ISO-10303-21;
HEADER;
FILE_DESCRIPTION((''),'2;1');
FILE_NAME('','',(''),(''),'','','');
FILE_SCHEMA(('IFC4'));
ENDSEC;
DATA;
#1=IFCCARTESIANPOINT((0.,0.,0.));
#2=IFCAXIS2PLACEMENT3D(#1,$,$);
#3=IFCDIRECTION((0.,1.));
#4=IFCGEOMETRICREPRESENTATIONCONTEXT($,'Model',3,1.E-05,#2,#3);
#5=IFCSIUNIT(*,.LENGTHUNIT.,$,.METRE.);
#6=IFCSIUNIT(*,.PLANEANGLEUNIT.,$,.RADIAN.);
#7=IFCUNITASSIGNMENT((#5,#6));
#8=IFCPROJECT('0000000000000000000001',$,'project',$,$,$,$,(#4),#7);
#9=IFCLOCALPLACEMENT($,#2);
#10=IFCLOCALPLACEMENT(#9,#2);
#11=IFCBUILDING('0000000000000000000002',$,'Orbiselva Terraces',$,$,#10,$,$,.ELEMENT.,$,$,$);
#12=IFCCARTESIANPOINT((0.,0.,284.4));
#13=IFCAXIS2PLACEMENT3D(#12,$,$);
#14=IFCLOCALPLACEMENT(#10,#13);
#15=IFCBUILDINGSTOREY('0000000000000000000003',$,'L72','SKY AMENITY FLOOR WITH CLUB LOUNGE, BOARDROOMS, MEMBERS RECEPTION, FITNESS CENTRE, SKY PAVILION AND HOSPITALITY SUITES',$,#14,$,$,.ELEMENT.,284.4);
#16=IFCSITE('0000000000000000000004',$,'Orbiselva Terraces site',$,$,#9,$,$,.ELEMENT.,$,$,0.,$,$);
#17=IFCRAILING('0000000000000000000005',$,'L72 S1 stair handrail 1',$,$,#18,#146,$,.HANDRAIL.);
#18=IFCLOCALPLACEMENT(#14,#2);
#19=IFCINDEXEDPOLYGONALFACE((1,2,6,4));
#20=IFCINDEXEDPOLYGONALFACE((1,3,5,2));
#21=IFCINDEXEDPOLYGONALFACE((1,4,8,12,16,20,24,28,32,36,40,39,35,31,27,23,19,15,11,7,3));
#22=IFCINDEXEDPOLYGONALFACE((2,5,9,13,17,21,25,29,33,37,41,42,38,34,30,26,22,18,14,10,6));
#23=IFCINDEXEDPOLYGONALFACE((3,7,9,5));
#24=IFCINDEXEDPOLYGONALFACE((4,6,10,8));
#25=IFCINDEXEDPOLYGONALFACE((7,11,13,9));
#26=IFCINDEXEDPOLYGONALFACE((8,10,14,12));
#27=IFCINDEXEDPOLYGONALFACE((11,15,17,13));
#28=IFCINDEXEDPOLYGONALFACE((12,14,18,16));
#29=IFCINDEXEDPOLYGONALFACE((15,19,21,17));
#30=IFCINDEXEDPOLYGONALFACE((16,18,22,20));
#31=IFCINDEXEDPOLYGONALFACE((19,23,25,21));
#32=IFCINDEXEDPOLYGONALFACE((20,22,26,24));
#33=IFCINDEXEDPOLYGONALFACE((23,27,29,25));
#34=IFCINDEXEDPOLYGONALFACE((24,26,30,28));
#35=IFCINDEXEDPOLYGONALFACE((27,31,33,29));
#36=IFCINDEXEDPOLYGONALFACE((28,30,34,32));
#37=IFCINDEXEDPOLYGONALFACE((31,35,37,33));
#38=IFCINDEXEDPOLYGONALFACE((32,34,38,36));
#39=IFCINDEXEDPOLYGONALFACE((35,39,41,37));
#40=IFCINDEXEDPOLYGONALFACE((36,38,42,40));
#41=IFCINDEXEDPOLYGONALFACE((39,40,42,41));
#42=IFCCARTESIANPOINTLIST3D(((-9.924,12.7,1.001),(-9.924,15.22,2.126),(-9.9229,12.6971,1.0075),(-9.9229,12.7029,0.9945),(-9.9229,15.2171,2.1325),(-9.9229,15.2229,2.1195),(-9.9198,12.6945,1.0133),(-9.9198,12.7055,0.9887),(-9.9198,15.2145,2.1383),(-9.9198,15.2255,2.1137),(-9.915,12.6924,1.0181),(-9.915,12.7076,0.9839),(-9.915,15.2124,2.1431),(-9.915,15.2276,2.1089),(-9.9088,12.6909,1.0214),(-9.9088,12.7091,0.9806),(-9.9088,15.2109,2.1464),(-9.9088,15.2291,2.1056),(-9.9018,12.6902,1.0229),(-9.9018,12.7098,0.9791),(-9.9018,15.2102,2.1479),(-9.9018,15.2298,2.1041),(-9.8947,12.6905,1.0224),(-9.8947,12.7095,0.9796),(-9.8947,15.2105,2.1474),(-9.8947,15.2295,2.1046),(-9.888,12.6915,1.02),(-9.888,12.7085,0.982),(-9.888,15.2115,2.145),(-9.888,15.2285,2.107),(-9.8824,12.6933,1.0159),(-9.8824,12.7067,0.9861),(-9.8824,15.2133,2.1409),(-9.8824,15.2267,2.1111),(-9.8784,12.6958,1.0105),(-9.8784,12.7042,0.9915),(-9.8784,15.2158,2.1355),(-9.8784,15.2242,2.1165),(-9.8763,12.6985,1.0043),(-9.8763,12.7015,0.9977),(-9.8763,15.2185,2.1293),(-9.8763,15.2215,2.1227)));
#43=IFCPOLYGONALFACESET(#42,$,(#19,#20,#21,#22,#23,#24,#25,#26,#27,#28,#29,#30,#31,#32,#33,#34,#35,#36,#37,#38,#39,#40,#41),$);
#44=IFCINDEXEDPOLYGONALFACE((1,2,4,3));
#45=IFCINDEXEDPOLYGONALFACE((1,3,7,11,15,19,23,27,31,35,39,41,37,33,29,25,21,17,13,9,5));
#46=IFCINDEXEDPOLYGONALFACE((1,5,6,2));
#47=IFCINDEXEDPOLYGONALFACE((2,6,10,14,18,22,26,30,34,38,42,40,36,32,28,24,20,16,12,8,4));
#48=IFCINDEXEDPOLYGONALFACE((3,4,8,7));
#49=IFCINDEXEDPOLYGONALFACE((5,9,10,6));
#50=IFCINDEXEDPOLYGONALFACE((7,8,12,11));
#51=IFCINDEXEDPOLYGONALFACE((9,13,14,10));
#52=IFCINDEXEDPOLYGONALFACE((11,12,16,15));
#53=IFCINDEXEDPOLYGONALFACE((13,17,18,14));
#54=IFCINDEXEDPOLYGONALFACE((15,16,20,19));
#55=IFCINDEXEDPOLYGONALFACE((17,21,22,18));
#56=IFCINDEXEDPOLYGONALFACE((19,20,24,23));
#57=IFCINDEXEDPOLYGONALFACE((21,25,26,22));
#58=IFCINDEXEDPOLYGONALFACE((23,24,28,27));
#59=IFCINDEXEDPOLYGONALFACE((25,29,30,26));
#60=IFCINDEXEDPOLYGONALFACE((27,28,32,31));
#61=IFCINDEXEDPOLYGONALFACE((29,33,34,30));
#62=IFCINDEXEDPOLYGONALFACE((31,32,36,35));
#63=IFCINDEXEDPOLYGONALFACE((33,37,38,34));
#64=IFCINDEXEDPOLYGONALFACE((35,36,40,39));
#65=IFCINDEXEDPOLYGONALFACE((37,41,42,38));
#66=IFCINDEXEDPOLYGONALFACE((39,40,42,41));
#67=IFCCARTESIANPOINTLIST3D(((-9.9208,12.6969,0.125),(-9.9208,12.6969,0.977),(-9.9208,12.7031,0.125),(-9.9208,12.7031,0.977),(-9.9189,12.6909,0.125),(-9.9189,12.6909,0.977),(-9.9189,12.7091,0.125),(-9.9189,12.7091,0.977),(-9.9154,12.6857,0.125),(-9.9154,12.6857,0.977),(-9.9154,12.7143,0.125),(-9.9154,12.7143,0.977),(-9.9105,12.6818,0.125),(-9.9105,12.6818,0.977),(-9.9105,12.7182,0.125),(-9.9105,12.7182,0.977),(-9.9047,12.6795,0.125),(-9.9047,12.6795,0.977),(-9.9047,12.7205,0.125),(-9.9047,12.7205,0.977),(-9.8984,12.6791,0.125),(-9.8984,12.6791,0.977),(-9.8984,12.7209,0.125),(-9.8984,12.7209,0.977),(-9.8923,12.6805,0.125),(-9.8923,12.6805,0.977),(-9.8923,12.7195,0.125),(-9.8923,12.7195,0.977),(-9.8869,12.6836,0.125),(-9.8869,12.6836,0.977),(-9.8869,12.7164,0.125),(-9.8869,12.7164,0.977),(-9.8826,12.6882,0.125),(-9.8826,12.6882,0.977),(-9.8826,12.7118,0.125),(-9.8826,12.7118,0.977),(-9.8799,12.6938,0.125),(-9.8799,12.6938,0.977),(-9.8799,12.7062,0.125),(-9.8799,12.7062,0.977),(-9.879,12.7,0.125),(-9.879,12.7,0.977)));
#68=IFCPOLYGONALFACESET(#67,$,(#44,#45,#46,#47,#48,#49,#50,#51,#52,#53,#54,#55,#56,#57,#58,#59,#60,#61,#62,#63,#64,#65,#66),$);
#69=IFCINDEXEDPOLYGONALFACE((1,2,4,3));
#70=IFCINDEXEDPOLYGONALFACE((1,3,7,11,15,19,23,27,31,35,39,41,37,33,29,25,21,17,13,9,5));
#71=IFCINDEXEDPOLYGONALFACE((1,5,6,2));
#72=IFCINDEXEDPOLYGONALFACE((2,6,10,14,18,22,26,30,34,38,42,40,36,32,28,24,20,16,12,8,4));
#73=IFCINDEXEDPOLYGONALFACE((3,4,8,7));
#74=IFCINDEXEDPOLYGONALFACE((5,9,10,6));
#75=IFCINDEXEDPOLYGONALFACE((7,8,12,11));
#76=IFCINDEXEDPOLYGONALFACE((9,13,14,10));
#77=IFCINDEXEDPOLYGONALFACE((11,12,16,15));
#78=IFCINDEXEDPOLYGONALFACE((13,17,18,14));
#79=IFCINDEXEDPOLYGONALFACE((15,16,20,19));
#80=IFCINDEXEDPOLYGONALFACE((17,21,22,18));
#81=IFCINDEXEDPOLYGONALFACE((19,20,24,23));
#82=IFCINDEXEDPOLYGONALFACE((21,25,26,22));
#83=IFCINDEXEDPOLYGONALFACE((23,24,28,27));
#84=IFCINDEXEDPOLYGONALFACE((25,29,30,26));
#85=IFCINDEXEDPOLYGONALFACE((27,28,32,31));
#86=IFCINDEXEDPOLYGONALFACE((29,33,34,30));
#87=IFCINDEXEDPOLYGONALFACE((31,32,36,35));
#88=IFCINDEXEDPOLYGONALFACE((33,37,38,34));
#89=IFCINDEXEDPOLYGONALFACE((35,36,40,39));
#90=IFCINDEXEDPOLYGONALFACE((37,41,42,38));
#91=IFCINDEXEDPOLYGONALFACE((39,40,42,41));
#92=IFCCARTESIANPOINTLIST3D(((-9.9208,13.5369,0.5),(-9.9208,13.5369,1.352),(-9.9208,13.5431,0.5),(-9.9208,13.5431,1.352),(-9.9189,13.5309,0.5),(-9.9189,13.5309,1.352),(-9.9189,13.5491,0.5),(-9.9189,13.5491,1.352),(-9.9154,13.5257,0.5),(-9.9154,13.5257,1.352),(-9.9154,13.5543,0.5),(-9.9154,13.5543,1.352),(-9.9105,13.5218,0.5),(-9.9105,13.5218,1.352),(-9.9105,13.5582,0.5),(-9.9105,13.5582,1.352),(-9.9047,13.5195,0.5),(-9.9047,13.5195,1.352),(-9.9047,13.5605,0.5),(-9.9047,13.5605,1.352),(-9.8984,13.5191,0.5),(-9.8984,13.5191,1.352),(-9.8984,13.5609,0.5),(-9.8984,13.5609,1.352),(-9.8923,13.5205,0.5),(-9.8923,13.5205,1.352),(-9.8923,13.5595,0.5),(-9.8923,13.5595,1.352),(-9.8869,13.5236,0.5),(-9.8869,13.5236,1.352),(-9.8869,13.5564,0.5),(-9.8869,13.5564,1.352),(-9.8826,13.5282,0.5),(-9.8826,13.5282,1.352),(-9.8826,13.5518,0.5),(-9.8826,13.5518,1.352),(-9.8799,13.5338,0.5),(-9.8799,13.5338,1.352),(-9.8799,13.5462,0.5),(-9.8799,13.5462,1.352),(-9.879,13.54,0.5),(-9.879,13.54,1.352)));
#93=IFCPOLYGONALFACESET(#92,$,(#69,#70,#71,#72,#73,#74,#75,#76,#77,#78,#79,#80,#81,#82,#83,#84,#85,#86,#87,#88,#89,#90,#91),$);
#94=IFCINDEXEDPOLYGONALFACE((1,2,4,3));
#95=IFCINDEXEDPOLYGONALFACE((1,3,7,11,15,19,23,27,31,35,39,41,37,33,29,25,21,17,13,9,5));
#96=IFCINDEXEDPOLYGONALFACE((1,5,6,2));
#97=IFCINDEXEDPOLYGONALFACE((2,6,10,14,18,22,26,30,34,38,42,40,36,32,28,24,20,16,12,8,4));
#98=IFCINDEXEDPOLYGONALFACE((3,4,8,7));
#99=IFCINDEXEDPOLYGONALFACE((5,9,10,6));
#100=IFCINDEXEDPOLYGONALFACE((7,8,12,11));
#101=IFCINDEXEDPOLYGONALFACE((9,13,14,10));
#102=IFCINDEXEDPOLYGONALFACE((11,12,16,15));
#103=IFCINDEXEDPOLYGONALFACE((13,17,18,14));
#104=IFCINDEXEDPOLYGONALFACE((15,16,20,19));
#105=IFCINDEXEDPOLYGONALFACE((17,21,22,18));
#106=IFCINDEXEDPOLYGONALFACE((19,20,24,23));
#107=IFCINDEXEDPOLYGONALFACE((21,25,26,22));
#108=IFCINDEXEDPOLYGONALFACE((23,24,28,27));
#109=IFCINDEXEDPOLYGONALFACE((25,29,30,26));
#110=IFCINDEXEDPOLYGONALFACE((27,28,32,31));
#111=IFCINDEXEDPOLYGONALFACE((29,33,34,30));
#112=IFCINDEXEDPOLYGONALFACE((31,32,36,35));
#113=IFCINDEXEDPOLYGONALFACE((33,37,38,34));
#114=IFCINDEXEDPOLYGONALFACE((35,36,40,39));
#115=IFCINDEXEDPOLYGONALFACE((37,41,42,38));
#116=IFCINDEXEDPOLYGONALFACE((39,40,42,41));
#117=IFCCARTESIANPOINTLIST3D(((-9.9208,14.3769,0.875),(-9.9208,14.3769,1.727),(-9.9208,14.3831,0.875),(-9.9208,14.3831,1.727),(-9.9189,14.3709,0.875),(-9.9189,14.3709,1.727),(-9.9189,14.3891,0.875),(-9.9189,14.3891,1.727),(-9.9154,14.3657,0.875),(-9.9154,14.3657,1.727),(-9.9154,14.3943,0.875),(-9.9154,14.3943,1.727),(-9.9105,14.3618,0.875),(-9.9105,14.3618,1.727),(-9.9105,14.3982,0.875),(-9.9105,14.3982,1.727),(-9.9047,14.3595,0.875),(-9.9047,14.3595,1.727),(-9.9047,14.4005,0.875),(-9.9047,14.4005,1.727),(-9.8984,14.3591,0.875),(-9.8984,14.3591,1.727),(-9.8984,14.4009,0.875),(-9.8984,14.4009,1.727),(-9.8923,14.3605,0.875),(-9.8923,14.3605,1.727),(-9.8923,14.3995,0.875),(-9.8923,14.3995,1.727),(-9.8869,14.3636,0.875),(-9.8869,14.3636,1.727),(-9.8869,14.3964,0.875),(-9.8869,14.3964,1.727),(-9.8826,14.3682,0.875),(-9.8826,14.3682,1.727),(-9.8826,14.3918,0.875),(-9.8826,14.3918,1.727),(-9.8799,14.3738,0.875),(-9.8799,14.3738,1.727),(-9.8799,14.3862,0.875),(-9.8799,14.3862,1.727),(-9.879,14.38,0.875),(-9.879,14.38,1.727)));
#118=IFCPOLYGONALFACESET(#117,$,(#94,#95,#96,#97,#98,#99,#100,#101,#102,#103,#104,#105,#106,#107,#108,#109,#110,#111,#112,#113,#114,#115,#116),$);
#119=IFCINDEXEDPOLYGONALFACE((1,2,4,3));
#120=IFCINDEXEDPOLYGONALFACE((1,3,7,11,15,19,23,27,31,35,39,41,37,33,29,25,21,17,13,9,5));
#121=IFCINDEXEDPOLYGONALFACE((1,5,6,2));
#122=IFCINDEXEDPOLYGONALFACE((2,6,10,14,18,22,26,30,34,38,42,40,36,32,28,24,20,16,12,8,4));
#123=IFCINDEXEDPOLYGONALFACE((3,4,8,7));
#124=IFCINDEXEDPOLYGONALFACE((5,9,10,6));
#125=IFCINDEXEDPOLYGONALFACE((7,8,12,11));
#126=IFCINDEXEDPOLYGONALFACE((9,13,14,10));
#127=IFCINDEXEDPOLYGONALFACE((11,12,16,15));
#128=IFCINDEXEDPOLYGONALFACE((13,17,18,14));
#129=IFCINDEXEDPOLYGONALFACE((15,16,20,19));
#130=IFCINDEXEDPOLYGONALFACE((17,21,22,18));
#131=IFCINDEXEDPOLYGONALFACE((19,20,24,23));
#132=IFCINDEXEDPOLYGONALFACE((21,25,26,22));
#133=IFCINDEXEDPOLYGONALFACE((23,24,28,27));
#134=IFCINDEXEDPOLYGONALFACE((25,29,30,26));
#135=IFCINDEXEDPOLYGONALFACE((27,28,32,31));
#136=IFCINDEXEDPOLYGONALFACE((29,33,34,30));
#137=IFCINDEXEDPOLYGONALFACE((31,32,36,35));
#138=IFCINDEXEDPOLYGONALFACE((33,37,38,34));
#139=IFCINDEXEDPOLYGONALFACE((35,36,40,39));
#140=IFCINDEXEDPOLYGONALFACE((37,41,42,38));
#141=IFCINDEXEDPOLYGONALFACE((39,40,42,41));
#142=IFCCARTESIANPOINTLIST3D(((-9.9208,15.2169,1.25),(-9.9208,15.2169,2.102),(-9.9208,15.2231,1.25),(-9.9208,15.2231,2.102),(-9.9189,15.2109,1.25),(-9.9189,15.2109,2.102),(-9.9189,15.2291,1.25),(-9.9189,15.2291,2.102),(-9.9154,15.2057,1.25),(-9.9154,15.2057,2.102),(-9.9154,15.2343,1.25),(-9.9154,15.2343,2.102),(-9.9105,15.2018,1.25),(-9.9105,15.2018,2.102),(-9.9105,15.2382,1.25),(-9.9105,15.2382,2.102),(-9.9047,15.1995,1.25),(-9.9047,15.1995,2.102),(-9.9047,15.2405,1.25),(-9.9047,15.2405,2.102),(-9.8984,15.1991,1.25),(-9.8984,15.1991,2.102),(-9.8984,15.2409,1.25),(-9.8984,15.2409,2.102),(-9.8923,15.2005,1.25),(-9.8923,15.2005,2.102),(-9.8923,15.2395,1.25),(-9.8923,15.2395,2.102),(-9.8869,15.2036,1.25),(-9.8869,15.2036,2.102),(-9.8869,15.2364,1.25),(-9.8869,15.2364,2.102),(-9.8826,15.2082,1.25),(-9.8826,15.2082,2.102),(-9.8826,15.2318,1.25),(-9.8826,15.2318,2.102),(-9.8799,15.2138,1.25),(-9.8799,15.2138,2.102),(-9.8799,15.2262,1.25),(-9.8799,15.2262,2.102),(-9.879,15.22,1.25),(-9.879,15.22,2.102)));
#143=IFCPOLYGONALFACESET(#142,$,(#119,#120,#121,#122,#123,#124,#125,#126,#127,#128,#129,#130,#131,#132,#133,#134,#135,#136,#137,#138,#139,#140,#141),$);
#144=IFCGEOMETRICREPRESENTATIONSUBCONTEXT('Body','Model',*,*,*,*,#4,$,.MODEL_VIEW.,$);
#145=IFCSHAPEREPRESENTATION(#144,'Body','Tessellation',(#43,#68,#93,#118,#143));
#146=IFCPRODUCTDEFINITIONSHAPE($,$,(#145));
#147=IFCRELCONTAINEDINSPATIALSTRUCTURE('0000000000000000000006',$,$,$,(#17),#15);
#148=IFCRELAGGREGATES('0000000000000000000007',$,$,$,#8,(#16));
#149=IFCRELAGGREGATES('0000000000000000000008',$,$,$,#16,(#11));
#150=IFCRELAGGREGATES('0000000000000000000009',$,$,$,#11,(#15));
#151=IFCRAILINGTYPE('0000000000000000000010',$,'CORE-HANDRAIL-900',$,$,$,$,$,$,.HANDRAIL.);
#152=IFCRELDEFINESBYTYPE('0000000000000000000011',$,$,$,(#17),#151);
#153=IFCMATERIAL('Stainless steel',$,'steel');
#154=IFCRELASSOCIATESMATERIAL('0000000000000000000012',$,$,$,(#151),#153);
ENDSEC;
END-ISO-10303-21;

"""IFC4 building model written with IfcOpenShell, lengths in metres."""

from ifc_helpers import new_model, si_unit, direction, frame, origin, origin_2d, place, context, subcontext, project, spatial, circle, extrude, material, type_object, element, save


model = new_model("IFC4")

# Units and contexts
model_context = context("Model", 3, precision=1e-05, world=origin(), true_north=direction((0.0, 1.0)))
body_context = subcontext(model_context, "Body", "Model", "MODEL_VIEW")
ifc_project = project(units=[si_unit("LENGTHUNIT", "METRE"), si_unit("PLANEANGLEUNIT", "RADIAN")], contexts=[model_context])

# Site, building, storey
site_placement = place(None, origin())
site = spatial("IfcSite", under=ifc_project, at=site_placement, Name="Orbiselva Terraces site", CompositionType="ELEMENT", RefElevation=0.0)
building_placement = place(site_placement, origin())
building = spatial("IfcBuilding", under=site, at=building_placement, Name="Orbiselva Terraces", CompositionType="ELEMENT")
storey_placement = place(building_placement, frame((0.0, 0.0, 284.4)))
storey = spatial("IfcBuildingStorey", under=building, at=storey_placement, Name="L72", Description="SKY AMENITY FLOOR WITH CLUB LOUNGE, BOARDROOMS, MEMBERS RECEPTION, FITNESS CENTRE, SKY PAVILION AND HOSPITALITY SUITES", CompositionType="ELEMENT", Elevation=284.4)

# Railing
ifc_material_1 = material(Name="Stainless steel", Category="steel")
railing_type_1 = type_object("IfcRailingType", Name="CORE-HANDRAIL-900", PredefinedType="HANDRAIL", material=ifc_material_1)
railing_1_placement = place(storey_placement, frame((-9.9, 12.7, 0.125)))
element("IfcRailing", 1, at=railing_1_placement, inside=storey, type_object=railing_type_1, Name="L72 S1 stair handrail 1", PredefinedType="HANDRAIL", context=body_context, shape_type="SweptSolid", body=[
    extrude(circle(Radius=0.024, at=origin_2d()), frame((0.0, 0.0, 0.876), z_axis=(0.0, 0.913138, 0.407651), x_axis=(-1.0, 0.0, 0.0)), (0.0, 0.0, 1.0), 2.7597),
    extrude(circle(Radius=0.021, at=origin_2d()), origin(), (0.0, 0.0, 1.0), 0.852),
    extrude(circle(Radius=0.021, at=origin_2d()), frame((0.0, 0.84, 0.375)), (0.0, 0.0, 1.0), 0.852),
    extrude(circle(Radius=0.021, at=origin_2d()), frame((0.0, 1.68, 0.75)), (0.0, 0.0, 1.0), 0.852),
    extrude(circle(Radius=0.021, at=origin_2d()), frame((0.0, 2.52, 1.125)), (0.0, 0.0, 1.0), 0.852),
])

save(model, "model.ifc")
